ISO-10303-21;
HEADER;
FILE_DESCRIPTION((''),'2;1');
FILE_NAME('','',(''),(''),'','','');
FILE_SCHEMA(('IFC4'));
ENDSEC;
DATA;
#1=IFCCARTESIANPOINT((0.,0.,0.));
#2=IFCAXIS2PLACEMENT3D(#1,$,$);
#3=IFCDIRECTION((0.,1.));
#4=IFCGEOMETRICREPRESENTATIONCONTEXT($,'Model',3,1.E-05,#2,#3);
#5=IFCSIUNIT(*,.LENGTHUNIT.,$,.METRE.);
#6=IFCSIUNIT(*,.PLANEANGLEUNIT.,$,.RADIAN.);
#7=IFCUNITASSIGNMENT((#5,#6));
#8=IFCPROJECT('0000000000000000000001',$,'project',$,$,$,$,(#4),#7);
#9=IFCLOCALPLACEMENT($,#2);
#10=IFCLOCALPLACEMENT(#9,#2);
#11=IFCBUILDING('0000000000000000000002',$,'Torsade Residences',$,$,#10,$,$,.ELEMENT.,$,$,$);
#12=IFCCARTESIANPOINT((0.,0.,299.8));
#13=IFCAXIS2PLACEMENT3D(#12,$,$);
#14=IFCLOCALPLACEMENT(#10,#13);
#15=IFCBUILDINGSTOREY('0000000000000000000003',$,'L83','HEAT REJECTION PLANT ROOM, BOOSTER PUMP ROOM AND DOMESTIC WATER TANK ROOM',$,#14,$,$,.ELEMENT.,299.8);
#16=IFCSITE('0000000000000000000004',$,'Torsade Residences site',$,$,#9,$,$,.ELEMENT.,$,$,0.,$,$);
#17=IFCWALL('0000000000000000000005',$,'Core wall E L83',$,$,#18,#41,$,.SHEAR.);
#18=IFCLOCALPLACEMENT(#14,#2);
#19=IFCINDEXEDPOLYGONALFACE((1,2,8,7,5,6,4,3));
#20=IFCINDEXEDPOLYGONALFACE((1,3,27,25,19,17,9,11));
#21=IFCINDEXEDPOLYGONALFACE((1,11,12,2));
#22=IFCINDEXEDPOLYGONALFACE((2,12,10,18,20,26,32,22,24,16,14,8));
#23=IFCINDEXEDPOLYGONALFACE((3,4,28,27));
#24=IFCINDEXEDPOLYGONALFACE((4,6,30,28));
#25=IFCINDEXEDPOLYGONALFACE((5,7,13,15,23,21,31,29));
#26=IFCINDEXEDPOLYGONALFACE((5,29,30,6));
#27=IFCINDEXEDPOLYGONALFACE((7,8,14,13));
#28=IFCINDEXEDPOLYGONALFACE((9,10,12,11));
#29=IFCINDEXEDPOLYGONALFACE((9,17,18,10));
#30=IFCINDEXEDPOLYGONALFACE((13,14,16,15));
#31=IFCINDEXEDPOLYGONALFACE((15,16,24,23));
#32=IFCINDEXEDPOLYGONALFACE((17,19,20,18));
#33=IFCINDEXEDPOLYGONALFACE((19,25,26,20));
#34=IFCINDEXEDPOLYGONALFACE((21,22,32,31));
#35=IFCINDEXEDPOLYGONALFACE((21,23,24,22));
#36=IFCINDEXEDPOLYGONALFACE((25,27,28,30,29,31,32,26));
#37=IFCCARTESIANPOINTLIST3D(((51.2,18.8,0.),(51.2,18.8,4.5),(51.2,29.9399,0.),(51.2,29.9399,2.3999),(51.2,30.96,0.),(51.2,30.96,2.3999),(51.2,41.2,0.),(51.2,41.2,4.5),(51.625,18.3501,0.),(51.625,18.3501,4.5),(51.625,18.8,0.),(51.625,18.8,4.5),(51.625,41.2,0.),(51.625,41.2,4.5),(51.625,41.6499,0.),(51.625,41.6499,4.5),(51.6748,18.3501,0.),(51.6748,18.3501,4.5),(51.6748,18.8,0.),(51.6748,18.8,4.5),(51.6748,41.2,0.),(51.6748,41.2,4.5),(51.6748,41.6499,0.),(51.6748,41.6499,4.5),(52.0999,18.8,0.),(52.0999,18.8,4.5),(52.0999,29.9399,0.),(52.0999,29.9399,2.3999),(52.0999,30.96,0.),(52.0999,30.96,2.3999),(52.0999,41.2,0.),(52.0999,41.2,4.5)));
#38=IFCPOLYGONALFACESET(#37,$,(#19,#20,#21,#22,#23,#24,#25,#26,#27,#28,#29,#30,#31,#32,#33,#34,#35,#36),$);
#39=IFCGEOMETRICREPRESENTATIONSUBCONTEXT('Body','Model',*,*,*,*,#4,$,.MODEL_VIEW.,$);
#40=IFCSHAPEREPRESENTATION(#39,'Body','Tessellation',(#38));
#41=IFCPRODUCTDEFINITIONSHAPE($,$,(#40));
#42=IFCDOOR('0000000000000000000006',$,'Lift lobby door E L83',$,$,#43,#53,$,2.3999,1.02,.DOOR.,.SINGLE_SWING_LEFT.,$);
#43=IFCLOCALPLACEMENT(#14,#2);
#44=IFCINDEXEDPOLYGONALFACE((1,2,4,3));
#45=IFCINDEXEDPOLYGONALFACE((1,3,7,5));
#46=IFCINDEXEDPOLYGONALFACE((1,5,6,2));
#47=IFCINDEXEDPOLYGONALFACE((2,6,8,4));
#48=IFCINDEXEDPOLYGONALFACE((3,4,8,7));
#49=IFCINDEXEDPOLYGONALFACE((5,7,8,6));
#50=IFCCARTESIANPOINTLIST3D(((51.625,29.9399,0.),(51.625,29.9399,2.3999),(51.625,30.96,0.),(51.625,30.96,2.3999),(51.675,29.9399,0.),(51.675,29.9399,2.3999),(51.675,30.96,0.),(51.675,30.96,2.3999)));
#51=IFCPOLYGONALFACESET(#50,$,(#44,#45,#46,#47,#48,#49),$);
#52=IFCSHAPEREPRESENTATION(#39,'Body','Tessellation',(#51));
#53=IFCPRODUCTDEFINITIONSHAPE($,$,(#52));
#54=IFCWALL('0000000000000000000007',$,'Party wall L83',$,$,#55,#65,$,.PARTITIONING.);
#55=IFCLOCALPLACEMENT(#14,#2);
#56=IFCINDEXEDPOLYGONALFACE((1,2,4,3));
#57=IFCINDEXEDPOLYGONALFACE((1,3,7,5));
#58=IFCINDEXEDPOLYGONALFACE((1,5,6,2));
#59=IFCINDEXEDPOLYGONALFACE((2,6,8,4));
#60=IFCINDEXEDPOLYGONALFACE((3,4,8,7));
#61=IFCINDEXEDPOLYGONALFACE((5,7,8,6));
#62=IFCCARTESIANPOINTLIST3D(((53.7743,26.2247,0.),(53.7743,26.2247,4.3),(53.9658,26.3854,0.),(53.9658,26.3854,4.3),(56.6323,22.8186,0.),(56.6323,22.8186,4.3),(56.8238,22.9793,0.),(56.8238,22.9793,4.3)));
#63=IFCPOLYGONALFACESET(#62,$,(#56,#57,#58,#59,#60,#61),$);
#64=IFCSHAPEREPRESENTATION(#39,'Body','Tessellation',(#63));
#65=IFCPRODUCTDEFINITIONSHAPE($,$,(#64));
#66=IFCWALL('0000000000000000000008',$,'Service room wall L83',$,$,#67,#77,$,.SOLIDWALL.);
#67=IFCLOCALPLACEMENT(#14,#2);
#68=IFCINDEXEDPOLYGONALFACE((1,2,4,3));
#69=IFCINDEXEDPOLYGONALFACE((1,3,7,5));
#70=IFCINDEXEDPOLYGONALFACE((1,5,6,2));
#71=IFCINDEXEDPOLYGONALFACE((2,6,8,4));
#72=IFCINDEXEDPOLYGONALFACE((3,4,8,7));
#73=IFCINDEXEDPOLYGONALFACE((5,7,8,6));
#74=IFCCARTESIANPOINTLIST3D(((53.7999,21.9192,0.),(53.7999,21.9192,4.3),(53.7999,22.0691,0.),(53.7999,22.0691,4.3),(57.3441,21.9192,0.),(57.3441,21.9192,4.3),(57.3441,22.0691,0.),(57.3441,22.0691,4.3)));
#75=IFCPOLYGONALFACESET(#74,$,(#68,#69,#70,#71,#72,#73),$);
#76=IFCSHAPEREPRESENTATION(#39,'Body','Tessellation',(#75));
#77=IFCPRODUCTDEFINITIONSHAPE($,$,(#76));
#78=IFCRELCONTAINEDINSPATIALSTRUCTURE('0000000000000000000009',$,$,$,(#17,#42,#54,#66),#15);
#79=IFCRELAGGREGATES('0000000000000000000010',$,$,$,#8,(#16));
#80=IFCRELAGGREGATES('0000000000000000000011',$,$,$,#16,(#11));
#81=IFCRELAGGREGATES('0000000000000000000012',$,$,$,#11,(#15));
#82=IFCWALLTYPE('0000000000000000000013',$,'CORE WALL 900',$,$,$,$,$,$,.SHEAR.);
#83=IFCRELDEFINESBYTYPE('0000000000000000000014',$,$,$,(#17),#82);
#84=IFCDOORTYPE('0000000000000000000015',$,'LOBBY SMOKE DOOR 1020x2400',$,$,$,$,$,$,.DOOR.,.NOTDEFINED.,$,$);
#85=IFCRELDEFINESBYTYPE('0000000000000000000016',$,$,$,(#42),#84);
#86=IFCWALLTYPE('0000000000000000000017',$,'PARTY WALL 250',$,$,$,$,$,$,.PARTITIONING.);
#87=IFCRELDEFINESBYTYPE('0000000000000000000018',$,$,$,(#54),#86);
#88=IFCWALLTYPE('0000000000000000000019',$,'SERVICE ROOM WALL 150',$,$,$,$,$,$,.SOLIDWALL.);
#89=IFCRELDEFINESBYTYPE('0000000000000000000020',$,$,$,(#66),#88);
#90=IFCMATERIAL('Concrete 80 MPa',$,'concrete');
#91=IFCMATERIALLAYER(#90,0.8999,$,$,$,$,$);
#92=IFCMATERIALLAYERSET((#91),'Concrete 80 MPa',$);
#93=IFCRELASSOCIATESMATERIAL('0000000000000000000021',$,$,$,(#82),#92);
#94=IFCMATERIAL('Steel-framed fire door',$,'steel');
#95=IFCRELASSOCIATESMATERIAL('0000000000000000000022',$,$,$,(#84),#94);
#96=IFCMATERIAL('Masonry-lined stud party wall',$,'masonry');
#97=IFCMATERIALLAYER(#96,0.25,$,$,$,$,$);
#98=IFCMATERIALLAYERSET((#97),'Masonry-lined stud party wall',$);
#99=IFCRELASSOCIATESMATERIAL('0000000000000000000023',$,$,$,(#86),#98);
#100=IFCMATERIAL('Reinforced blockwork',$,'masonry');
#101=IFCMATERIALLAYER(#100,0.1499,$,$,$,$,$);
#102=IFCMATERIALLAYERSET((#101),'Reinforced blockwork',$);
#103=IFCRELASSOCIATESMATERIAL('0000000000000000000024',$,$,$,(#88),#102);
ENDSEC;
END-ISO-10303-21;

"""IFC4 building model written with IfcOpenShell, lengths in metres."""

from ifc_helpers import new_model, si_unit, direction, frame, frame_2d, origin, place, context, subcontext, project, spatial, polyline, rectangle, outline, extrude, material, layer, layer_set, type_object, element, fill, save


model = new_model("IFC4")

# Units and contexts
model_context = context("Model", 3, precision=1e-05, world=origin(), true_north=direction((0.0, 1.0)))
body_context = subcontext(model_context, "Body", "Model", "MODEL_VIEW")
ifc_project = project(units=[si_unit("LENGTHUNIT", "METRE"), si_unit("PLANEANGLEUNIT", "RADIAN")], contexts=[model_context])

# Site, building, storey
site_placement = place(None, origin())
site = spatial("IfcSite", under=ifc_project, at=site_placement, Name="Torsade Residences site", CompositionType="ELEMENT", RefElevation=0.0)
building_placement = place(site_placement, origin())
building = spatial("IfcBuilding", under=site, at=building_placement, Name="Torsade Residences", CompositionType="ELEMENT")
storey_placement = place(building_placement, frame((0.0, 0.0, 299.8)))
storey = spatial("IfcBuildingStorey", under=building, at=storey_placement, Name="L83", Description="HEAT REJECTION PLANT ROOM, BOOSTER PUMP ROOM AND DOMESTIC WATER TANK ROOM", CompositionType="ELEMENT", Elevation=299.8)

# Wall, opening, door
ifc_material_1 = material(Name="Concrete 80 MPa", Category="concrete")
ifc_layer_1 = layer(ifc_material_1, 0.8999)
ifc_layer_set_1 = layer_set([ifc_layer_1], Name="Concrete 80 MPa")
wall_type_1 = type_object("IfcWallType", Name="CORE WALL 900", PredefinedType="SHEAR", material=ifc_layer_set_1)
wall_1_placement = place(storey_placement, frame((51.6499, 18.8, 0.0), z_axis=(0.0, 0.0, 1.0), x_axis=(0.0, 1.0, 0.0)))
wall_1 = element("IfcWall", 1, at=wall_1_placement, inside=storey, type_object=wall_type_1, Name="Core wall E L83", PredefinedType="SHEAR", context=body_context, shape_type="SweptSolid", body=[
    extrude(outline(polyline([(0.0, -0.45), (22.3999, -0.45), (22.3999, -0.0249), (22.8499, -0.0249), (22.8499, 0.0249), (22.3999, 0.0249), (22.3999, 0.45), (0.0, 0.45), (0.0, 0.0249), (-0.45, 0.0249), (-0.45, -0.0249), (0.0, -0.0249), (0.0, -0.45)])), origin(), (0.0, 0.0, 1.0), 4.5),
])
opening_1_placement = place(wall_1_placement, frame((11.1399, 0.0, 0.0)))
opening_1 = element("IfcOpeningElement", 2, at=opening_1_placement, cuts=wall_1, PredefinedType="OPENING", context=body_context, shape_type="SweptSolid", body=[
    extrude(rectangle(XDim=1.02, YDim=2.3999, at=frame_2d((0.51, 1.2))), frame((0.0, 0.46, 0.0), z_axis=(0.0, -1.0, 0.0), x_axis=(1.0, 0.0, 0.0)), (0.0, 0.0, 1.0), 0.9199),
])
ifc_material_2 = material(Name="Steel-framed fire door", Category="steel")
door_type_1 = type_object("IfcDoorType", Name="LOBBY SMOKE DOOR 1020x2400", OperationType="NOTDEFINED", PredefinedType="DOOR", material=ifc_material_2)
door_1_placement = place(opening_1_placement, origin())
door_1 = element("IfcDoor", 3, at=door_1_placement, inside=storey, type_object=door_type_1, Name="Lift lobby door E L83", OperationType="SINGLE_SWING_LEFT", OverallHeight=2.3999, OverallWidth=1.02, PredefinedType="DOOR", context=body_context, shape_type="SweptSolid", body=[
    extrude(rectangle(XDim=1.02, YDim=2.3999, at=frame_2d((0.51, 1.2))), frame((0.0, 0.0249, 0.0), z_axis=(0.0, -1.0, 0.0), x_axis=(1.0, 0.0, 0.0)), (0.0, 0.0, 1.0), 0.05),
])
fill(opening_1, door_1)

# Walls
ifc_material_3 = material(Name="Masonry-lined stud party wall", Category="masonry")
ifc_layer_2 = layer(ifc_material_3, 0.25)
ifc_layer_set_2 = layer_set([ifc_layer_2], Name="Masonry-lined stud party wall")
wall_type_2 = type_object("IfcWallType", Name="PARTY WALL 250", PredefinedType="PARTITIONING", material=ifc_layer_set_2)
wall_2_placement = place(storey_placement, frame((56.728, 22.8989, 0.0), z_axis=(0.0, 0.0, 1.0), x_axis=(-0.642779, 0.766052, 0.0)))
element("IfcWall", 4, at=wall_2_placement, inside=storey, type_object=wall_type_2, Name="Party wall L83", PredefinedType="PARTITIONING", context=body_context, shape_type="SweptSolid", body=[
    extrude(rectangle(XDim=4.4463, YDim=0.25, at=frame_2d((2.2231, 0.0))), origin(), (0.0, 0.0, 1.0), 4.3),
])
ifc_material_4 = material(Name="Reinforced blockwork", Category="masonry")
ifc_layer_3 = layer(ifc_material_4, 0.1499)
ifc_layer_set_3 = layer_set([ifc_layer_3], Name="Reinforced blockwork")
wall_type_3 = type_object("IfcWallType", Name="SERVICE ROOM WALL 150", PredefinedType="SOLIDWALL", material=ifc_layer_set_3)
wall_3_placement = place(storey_placement, frame((53.8, 21.9941, 0.0), z_axis=(0.0, 0.0, 1.0), x_axis=(1.0, 0.0, 0.0)))
element("IfcWall", 5, at=wall_3_placement, inside=storey, type_object=wall_type_3, Name="Service room wall L83", PredefinedType="SOLIDWALL", context=body_context, shape_type="SweptSolid", body=[
    extrude(rectangle(XDim=3.5442, YDim=0.1499, at=frame_2d((1.772, 0.0))), origin(), (0.0, 0.0, 1.0), 4.3),
])

save(model, "model.ifc")
